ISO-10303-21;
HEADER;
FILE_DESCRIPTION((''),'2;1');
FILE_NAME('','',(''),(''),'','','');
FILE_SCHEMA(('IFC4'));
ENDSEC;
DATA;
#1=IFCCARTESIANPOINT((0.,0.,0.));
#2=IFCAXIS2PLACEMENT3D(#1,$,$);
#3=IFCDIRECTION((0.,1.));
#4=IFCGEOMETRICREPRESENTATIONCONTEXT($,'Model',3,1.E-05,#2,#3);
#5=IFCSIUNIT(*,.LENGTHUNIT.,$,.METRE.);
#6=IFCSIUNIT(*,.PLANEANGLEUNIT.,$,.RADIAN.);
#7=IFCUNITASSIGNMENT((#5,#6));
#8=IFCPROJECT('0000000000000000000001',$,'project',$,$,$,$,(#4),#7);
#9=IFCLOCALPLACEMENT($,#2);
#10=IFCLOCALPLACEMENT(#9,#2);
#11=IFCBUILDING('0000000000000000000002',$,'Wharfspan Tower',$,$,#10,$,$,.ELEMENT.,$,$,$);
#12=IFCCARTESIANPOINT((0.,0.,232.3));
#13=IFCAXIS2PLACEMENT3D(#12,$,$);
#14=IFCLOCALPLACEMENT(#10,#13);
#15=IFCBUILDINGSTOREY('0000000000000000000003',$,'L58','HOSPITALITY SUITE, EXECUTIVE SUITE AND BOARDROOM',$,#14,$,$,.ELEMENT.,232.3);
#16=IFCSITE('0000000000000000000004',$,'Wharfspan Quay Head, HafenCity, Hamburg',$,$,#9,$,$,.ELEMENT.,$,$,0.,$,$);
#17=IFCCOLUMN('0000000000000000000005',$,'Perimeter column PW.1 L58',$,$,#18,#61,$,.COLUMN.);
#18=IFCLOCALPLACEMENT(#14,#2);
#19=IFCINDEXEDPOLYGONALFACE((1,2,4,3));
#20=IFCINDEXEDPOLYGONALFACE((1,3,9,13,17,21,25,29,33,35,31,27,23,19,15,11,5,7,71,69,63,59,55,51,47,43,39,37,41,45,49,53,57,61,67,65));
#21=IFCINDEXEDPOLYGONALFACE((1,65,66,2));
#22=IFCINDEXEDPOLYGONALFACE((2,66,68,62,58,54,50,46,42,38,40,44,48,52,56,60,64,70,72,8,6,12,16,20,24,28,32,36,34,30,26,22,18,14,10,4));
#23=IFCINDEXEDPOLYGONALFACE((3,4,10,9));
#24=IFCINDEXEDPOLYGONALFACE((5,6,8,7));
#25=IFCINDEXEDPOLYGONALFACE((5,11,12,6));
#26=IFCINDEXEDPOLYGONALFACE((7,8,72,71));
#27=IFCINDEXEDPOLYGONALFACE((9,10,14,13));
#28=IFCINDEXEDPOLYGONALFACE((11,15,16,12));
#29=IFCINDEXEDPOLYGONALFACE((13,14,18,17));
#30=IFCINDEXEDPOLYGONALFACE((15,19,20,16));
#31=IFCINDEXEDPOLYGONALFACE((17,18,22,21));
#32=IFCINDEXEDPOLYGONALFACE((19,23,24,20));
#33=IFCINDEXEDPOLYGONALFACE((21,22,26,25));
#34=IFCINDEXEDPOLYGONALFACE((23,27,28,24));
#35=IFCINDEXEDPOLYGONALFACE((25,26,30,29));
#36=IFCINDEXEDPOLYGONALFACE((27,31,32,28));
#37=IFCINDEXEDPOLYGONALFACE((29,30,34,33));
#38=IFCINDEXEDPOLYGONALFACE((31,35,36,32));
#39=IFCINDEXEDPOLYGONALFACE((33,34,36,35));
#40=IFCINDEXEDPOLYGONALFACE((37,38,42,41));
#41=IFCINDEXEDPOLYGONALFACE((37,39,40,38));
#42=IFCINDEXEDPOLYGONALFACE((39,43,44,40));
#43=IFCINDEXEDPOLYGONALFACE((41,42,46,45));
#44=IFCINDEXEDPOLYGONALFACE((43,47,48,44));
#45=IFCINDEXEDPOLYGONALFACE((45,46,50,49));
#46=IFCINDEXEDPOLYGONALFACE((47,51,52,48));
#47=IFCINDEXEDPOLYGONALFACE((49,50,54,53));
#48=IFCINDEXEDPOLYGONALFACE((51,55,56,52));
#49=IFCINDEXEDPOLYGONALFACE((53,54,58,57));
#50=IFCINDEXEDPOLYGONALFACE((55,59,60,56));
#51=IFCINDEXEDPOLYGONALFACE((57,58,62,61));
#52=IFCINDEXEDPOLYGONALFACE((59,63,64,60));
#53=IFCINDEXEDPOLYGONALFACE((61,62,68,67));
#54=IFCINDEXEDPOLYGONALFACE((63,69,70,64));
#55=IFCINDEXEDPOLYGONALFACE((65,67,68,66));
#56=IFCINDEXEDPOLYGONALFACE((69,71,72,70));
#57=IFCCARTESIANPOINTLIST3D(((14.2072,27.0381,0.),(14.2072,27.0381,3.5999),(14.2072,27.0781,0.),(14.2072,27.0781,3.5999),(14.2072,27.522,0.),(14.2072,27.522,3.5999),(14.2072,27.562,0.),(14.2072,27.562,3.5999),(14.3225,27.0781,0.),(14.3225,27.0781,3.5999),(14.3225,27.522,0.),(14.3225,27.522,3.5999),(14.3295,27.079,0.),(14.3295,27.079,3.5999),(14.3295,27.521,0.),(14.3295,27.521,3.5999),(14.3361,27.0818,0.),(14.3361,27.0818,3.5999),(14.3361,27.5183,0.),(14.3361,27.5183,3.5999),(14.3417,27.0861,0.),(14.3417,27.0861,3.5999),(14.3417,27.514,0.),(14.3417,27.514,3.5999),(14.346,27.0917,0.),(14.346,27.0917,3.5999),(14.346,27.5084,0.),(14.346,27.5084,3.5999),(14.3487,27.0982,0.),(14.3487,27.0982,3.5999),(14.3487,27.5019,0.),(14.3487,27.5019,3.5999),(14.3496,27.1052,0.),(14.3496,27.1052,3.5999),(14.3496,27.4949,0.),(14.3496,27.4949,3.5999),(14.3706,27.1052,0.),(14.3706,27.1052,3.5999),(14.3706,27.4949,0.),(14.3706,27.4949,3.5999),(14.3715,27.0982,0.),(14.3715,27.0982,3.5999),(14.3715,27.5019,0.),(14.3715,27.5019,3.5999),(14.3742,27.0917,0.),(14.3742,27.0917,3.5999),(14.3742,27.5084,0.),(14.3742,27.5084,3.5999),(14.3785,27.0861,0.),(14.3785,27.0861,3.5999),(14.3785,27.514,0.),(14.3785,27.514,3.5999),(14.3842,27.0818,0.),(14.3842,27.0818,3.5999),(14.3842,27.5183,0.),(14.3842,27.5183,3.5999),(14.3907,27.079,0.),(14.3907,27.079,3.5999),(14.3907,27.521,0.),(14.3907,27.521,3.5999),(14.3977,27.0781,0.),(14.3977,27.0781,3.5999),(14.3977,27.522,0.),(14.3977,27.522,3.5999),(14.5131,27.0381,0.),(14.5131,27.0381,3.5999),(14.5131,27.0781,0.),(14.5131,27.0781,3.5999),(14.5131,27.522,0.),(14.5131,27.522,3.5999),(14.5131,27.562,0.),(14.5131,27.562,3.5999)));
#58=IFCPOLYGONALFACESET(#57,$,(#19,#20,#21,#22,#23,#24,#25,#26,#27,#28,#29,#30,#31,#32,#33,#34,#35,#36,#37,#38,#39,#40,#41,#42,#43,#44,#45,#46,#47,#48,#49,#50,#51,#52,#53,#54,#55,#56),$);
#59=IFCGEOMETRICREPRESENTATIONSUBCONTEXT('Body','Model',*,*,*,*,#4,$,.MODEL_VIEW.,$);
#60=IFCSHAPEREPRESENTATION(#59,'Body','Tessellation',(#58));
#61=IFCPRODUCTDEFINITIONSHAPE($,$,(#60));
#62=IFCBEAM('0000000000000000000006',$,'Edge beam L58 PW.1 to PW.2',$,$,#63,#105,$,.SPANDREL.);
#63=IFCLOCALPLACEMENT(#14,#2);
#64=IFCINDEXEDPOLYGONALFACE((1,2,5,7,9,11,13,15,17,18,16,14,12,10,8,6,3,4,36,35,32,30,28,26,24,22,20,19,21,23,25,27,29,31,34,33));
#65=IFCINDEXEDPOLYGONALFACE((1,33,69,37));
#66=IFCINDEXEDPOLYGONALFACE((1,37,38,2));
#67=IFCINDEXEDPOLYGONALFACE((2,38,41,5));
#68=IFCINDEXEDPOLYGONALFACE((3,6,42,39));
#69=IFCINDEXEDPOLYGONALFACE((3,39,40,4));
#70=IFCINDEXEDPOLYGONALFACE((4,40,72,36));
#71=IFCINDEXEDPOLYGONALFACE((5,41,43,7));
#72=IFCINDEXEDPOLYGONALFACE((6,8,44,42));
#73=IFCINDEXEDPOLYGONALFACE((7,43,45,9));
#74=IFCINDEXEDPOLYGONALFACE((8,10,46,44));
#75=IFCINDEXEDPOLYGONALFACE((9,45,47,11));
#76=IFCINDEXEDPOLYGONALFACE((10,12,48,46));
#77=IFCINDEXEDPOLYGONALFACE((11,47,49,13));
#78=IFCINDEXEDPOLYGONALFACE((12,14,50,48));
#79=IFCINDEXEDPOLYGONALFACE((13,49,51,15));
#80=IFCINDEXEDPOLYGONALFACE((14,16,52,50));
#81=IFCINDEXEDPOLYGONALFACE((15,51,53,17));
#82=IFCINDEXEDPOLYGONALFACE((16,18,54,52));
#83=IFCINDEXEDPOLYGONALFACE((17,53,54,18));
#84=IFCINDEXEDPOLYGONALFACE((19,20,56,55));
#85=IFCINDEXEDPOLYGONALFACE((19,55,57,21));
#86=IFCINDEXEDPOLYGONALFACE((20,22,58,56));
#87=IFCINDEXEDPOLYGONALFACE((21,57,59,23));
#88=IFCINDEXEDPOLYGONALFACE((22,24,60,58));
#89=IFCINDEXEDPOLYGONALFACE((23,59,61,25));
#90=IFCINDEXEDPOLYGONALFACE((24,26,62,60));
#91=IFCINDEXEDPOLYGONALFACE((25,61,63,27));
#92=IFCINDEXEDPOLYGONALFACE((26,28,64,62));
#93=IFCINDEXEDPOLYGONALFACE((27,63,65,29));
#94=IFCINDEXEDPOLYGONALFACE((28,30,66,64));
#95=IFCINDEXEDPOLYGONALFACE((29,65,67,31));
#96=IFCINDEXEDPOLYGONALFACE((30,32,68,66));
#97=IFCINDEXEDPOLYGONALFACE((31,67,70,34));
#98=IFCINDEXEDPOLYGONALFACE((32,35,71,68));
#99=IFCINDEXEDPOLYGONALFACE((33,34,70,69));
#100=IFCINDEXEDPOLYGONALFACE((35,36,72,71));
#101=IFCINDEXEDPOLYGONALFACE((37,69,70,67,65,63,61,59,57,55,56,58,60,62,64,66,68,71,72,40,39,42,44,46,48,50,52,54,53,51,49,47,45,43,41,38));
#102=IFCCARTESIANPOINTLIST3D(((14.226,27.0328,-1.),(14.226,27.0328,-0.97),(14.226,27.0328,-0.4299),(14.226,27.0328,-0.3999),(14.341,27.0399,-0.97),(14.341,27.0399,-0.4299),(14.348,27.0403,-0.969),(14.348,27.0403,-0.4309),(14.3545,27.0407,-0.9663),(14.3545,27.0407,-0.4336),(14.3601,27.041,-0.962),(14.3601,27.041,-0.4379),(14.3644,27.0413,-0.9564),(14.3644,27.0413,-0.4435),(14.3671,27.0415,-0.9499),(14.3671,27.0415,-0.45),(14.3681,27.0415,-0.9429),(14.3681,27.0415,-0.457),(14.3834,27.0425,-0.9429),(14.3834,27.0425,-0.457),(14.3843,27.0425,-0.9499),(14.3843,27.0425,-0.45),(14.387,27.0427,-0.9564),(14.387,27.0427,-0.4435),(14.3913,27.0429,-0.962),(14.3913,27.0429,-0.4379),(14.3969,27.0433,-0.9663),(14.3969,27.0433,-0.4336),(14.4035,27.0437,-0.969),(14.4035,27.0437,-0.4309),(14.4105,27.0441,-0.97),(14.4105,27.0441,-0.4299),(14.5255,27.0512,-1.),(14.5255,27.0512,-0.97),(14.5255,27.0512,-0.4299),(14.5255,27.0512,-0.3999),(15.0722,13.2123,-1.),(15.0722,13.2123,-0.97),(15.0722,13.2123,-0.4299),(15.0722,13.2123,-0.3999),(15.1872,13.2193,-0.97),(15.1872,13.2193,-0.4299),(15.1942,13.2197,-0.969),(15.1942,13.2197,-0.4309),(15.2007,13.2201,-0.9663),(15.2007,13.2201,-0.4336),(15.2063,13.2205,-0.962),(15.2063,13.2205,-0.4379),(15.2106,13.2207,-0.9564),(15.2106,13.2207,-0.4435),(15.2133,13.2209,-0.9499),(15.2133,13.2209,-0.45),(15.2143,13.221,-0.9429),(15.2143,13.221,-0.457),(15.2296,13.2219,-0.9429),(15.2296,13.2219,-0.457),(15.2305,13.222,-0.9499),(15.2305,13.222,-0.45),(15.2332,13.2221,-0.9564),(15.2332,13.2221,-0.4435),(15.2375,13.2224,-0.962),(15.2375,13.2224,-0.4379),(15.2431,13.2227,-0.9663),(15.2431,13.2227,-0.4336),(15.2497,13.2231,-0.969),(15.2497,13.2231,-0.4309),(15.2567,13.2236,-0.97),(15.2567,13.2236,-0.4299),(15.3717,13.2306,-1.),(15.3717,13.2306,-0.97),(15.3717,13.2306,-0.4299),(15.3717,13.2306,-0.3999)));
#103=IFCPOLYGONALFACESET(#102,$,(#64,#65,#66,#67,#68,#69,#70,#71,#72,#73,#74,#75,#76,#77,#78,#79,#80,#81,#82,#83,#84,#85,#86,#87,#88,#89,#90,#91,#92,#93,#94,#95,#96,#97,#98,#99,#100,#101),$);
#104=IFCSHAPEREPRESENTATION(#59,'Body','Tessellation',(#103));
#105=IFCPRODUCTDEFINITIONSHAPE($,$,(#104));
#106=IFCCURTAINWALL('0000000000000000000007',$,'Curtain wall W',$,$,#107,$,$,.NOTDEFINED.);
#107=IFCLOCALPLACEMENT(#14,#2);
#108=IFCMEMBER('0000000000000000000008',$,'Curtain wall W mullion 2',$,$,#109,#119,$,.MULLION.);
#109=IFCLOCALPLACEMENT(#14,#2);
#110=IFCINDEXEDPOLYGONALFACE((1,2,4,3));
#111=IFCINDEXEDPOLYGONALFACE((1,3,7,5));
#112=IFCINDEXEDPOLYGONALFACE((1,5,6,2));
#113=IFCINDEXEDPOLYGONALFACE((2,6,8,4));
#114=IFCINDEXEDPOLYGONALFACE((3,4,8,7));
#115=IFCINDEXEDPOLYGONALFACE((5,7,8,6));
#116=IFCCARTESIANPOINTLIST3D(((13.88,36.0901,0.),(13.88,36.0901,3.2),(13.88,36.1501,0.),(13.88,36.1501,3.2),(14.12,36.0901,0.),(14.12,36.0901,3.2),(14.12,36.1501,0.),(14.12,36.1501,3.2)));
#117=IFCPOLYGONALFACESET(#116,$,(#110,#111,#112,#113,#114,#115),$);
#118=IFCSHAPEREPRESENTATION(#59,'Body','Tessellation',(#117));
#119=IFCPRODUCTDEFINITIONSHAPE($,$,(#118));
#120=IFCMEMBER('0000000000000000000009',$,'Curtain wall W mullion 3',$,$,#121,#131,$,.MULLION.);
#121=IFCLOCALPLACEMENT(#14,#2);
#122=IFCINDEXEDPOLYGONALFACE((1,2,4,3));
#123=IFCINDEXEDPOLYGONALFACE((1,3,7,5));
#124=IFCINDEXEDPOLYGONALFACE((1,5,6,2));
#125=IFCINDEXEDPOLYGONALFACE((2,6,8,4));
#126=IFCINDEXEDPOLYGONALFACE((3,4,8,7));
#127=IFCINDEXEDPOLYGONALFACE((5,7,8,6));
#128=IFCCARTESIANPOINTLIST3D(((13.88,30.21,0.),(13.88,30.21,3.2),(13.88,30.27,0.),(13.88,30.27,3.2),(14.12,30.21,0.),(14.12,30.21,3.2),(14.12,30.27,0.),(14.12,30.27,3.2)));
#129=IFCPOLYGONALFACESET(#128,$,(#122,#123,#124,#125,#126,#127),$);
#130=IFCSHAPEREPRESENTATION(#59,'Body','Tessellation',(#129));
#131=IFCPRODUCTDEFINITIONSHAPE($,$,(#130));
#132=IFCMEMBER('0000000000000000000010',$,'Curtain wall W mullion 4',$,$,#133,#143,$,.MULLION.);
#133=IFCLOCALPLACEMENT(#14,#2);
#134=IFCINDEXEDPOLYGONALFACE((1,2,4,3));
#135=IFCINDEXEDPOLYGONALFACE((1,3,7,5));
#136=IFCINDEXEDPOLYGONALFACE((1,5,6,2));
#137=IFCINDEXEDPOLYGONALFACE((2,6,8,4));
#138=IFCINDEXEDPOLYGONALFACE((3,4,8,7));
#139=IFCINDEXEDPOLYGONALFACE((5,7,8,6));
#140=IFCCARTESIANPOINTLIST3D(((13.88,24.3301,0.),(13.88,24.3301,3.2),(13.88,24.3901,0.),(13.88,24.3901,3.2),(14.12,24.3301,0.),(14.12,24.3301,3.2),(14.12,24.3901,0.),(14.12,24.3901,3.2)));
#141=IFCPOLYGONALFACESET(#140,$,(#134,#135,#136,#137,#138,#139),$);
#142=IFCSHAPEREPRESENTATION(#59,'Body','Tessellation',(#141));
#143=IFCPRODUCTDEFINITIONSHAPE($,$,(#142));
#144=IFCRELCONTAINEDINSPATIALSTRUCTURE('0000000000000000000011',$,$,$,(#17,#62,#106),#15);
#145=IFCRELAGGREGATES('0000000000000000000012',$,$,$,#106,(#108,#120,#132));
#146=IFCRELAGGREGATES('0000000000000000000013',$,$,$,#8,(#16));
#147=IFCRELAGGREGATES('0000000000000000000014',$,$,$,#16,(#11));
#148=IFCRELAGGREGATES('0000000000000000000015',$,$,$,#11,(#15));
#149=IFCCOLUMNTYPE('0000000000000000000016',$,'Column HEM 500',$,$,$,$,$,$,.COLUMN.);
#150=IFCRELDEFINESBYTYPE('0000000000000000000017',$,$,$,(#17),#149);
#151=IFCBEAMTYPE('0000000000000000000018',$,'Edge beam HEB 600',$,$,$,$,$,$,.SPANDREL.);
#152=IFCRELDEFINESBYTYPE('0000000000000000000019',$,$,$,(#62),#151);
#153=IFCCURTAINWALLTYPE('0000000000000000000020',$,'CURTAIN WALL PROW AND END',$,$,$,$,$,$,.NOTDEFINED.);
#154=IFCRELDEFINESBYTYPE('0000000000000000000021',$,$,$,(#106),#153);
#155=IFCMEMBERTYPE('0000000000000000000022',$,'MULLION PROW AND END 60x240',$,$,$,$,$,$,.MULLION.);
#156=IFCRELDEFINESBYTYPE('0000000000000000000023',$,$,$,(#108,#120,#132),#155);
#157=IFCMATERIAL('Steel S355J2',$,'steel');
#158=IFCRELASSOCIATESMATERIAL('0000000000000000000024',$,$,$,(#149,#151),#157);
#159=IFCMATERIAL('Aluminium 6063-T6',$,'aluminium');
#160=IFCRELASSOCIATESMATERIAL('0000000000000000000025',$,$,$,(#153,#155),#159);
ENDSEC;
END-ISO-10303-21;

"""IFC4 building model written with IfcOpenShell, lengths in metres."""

from ifc_helpers import new_model, si_unit, direction, frame, origin, origin_2d, place, context, subcontext, project, spatial, rectangle, i_section, extrude, material, material_profile, profile_set, type_object, element, aggregate, save


model = new_model("IFC4")

# Units and contexts
model_context = context("Model", 3, precision=1e-05, world=origin(), true_north=direction((0.0, 1.0)))
body_context = subcontext(model_context, "Body", "Model", "MODEL_VIEW")
ifc_project = project(units=[si_unit("LENGTHUNIT", "METRE"), si_unit("PLANEANGLEUNIT", "RADIAN")], contexts=[model_context])

# Site, building, storey
site_placement = place(None, origin())
site = spatial("IfcSite", under=ifc_project, at=site_placement, Name="Wharfspan Quay Head, HafenCity, Hamburg", CompositionType="ELEMENT", RefElevation=0.0)
building_placement = place(site_placement, origin())
building = spatial("IfcBuilding", under=site, at=building_placement, Name="Wharfspan Tower", CompositionType="ELEMENT")
storey_placement = place(building_placement, frame((0.0, 0.0, 232.3)))
storey = spatial("IfcBuildingStorey", under=building, at=storey_placement, Name="L58", Description="HOSPITALITY SUITE, EXECUTIVE SUITE AND BOARDROOM", CompositionType="ELEMENT", Elevation=232.3)

# Column
ifc_material_1 = material(Name="Steel S355J2", Category="steel")
ifc_material_profile_1 = material_profile(ifc_material_1, i_section(OverallWidth=0.3059, OverallDepth=0.5239, WebThickness=0.021, FlangeThickness=0.04, FilletRadius=0.0271, at=origin_2d()))
ifc_profile_set_1 = profile_set([ifc_material_profile_1], Name="Steel S355J2")
column_type = type_object("IfcColumnType", Name="Column HEM 500", PredefinedType="COLUMN", material=ifc_profile_set_1)
column_placement = place(storey_placement, frame((14.3601, 27.3, 0.0), z_axis=(0.0, 0.0, 1.0), x_axis=(-1.0, 0.0, 0.0)))
element("IfcColumn", 1, at=column_placement, inside=storey, type_object=column_type, Name="Perimeter column PW.1 L58", PredefinedType="COLUMN", context=body_context, shape_type="SweptSolid", body=[
    extrude(i_section(OverallWidth=0.3059, OverallDepth=0.5239, WebThickness=0.021, FlangeThickness=0.04, FilletRadius=0.0271, at=origin_2d()), origin(), (0.0, 0.0, 1.0), 3.5999),
])

# Beam
ifc_material_profile_2 = material_profile(ifc_material_1, i_section(OverallWidth=0.3, OverallDepth=0.6001, WebThickness=0.0154, FlangeThickness=0.03, FilletRadius=0.0271, at=origin_2d()))
ifc_profile_set_2 = profile_set([ifc_material_profile_2], Name="Steel S355J2")
beam_type = type_object("IfcBeamType", Name="Edge beam HEB 600", PredefinedType="SPANDREL", material=ifc_profile_set_2)
beam_placement = place(storey_placement, frame((14.3757, 27.042, -0.7), z_axis=(0.061113, -0.998131, 0.0), x_axis=(0.998131, 0.061113, 0.0)))
element("IfcBeam", 2, at=beam_placement, inside=storey, type_object=beam_type, Name="Edge beam L58 PW.1 to PW.2", PredefinedType="SPANDREL", context=body_context, shape_type="SweptSolid", body=[
    extrude(i_section(OverallWidth=0.3, OverallDepth=0.6001, WebThickness=0.0154, FlangeThickness=0.03, FilletRadius=0.0271, at=origin_2d()), origin(), (0.0, 0.0, 1.0), 13.8464),
])

# Curtain wall, members
ifc_material_2 = material(Name="Aluminium 6063-T6", Category="aluminium")
curtain_wall_type = type_object("IfcCurtainWallType", Name="CURTAIN WALL PROW AND END", PredefinedType="NOTDEFINED", material=ifc_material_2)
curtain_wall_placement = place(storey_placement, origin())
curtain_wall = element("IfcCurtainWall", 3, at=curtain_wall_placement, inside=storey, type_object=curtain_wall_type, Name="Curtain wall W", PredefinedType="NOTDEFINED")
ifc_material_profile_3 = material_profile(ifc_material_2, rectangle(XDim=0.24, YDim=0.0601, at=origin_2d()))
ifc_profile_set_3 = profile_set([ifc_material_profile_3], Name="Aluminium 6063-T6")
member_type_1 = type_object("IfcMemberType", Name="MULLION PROW AND END 60x240", PredefinedType="MULLION", material=ifc_profile_set_3)
member_1_placement = place(storey_placement, frame((14.0, 36.1201, 0.0), z_axis=(0.0, 0.0, 1.0), x_axis=(1.0, 0.0, 0.0)))
member_1 = element("IfcMember", 4, at=member_1_placement, type_object=member_type_1, Name="Curtain wall W mullion 2", PredefinedType="MULLION", context=body_context, shape_type="SweptSolid", body=[
    extrude(rectangle(XDim=0.24, YDim=0.0601, at=origin_2d()), origin(), (0.0, 0.0, 1.0), 3.2),
])
member_2_placement = place(storey_placement, frame((14.0, 30.24, 0.0), z_axis=(0.0, 0.0, 1.0), x_axis=(1.0, 0.0, 0.0)))
member_2 = element("IfcMember", 5, at=member_2_placement, type_object=member_type_1, Name="Curtain wall W mullion 3", PredefinedType="MULLION", context=body_context, shape_type="SweptSolid", body=[
    extrude(rectangle(XDim=0.24, YDim=0.0601, at=origin_2d()), origin(), (0.0, 0.0, 1.0), 3.2),
])
member_3_placement = place(storey_placement, frame((14.0, 24.3601, 0.0), z_axis=(0.0, 0.0, 1.0), x_axis=(1.0, 0.0, 0.0)))
member_3 = element("IfcMember", 6, at=member_3_placement, type_object=member_type_1, Name="Curtain wall W mullion 4", PredefinedType="MULLION", context=body_context, shape_type="SweptSolid", body=[
    extrude(rectangle(XDim=0.24, YDim=0.0601, at=origin_2d()), origin(), (0.0, 0.0, 1.0), 3.2),
])

aggregate(curtain_wall, [member_1, member_2, member_3])

save(model, "model.ifc")
